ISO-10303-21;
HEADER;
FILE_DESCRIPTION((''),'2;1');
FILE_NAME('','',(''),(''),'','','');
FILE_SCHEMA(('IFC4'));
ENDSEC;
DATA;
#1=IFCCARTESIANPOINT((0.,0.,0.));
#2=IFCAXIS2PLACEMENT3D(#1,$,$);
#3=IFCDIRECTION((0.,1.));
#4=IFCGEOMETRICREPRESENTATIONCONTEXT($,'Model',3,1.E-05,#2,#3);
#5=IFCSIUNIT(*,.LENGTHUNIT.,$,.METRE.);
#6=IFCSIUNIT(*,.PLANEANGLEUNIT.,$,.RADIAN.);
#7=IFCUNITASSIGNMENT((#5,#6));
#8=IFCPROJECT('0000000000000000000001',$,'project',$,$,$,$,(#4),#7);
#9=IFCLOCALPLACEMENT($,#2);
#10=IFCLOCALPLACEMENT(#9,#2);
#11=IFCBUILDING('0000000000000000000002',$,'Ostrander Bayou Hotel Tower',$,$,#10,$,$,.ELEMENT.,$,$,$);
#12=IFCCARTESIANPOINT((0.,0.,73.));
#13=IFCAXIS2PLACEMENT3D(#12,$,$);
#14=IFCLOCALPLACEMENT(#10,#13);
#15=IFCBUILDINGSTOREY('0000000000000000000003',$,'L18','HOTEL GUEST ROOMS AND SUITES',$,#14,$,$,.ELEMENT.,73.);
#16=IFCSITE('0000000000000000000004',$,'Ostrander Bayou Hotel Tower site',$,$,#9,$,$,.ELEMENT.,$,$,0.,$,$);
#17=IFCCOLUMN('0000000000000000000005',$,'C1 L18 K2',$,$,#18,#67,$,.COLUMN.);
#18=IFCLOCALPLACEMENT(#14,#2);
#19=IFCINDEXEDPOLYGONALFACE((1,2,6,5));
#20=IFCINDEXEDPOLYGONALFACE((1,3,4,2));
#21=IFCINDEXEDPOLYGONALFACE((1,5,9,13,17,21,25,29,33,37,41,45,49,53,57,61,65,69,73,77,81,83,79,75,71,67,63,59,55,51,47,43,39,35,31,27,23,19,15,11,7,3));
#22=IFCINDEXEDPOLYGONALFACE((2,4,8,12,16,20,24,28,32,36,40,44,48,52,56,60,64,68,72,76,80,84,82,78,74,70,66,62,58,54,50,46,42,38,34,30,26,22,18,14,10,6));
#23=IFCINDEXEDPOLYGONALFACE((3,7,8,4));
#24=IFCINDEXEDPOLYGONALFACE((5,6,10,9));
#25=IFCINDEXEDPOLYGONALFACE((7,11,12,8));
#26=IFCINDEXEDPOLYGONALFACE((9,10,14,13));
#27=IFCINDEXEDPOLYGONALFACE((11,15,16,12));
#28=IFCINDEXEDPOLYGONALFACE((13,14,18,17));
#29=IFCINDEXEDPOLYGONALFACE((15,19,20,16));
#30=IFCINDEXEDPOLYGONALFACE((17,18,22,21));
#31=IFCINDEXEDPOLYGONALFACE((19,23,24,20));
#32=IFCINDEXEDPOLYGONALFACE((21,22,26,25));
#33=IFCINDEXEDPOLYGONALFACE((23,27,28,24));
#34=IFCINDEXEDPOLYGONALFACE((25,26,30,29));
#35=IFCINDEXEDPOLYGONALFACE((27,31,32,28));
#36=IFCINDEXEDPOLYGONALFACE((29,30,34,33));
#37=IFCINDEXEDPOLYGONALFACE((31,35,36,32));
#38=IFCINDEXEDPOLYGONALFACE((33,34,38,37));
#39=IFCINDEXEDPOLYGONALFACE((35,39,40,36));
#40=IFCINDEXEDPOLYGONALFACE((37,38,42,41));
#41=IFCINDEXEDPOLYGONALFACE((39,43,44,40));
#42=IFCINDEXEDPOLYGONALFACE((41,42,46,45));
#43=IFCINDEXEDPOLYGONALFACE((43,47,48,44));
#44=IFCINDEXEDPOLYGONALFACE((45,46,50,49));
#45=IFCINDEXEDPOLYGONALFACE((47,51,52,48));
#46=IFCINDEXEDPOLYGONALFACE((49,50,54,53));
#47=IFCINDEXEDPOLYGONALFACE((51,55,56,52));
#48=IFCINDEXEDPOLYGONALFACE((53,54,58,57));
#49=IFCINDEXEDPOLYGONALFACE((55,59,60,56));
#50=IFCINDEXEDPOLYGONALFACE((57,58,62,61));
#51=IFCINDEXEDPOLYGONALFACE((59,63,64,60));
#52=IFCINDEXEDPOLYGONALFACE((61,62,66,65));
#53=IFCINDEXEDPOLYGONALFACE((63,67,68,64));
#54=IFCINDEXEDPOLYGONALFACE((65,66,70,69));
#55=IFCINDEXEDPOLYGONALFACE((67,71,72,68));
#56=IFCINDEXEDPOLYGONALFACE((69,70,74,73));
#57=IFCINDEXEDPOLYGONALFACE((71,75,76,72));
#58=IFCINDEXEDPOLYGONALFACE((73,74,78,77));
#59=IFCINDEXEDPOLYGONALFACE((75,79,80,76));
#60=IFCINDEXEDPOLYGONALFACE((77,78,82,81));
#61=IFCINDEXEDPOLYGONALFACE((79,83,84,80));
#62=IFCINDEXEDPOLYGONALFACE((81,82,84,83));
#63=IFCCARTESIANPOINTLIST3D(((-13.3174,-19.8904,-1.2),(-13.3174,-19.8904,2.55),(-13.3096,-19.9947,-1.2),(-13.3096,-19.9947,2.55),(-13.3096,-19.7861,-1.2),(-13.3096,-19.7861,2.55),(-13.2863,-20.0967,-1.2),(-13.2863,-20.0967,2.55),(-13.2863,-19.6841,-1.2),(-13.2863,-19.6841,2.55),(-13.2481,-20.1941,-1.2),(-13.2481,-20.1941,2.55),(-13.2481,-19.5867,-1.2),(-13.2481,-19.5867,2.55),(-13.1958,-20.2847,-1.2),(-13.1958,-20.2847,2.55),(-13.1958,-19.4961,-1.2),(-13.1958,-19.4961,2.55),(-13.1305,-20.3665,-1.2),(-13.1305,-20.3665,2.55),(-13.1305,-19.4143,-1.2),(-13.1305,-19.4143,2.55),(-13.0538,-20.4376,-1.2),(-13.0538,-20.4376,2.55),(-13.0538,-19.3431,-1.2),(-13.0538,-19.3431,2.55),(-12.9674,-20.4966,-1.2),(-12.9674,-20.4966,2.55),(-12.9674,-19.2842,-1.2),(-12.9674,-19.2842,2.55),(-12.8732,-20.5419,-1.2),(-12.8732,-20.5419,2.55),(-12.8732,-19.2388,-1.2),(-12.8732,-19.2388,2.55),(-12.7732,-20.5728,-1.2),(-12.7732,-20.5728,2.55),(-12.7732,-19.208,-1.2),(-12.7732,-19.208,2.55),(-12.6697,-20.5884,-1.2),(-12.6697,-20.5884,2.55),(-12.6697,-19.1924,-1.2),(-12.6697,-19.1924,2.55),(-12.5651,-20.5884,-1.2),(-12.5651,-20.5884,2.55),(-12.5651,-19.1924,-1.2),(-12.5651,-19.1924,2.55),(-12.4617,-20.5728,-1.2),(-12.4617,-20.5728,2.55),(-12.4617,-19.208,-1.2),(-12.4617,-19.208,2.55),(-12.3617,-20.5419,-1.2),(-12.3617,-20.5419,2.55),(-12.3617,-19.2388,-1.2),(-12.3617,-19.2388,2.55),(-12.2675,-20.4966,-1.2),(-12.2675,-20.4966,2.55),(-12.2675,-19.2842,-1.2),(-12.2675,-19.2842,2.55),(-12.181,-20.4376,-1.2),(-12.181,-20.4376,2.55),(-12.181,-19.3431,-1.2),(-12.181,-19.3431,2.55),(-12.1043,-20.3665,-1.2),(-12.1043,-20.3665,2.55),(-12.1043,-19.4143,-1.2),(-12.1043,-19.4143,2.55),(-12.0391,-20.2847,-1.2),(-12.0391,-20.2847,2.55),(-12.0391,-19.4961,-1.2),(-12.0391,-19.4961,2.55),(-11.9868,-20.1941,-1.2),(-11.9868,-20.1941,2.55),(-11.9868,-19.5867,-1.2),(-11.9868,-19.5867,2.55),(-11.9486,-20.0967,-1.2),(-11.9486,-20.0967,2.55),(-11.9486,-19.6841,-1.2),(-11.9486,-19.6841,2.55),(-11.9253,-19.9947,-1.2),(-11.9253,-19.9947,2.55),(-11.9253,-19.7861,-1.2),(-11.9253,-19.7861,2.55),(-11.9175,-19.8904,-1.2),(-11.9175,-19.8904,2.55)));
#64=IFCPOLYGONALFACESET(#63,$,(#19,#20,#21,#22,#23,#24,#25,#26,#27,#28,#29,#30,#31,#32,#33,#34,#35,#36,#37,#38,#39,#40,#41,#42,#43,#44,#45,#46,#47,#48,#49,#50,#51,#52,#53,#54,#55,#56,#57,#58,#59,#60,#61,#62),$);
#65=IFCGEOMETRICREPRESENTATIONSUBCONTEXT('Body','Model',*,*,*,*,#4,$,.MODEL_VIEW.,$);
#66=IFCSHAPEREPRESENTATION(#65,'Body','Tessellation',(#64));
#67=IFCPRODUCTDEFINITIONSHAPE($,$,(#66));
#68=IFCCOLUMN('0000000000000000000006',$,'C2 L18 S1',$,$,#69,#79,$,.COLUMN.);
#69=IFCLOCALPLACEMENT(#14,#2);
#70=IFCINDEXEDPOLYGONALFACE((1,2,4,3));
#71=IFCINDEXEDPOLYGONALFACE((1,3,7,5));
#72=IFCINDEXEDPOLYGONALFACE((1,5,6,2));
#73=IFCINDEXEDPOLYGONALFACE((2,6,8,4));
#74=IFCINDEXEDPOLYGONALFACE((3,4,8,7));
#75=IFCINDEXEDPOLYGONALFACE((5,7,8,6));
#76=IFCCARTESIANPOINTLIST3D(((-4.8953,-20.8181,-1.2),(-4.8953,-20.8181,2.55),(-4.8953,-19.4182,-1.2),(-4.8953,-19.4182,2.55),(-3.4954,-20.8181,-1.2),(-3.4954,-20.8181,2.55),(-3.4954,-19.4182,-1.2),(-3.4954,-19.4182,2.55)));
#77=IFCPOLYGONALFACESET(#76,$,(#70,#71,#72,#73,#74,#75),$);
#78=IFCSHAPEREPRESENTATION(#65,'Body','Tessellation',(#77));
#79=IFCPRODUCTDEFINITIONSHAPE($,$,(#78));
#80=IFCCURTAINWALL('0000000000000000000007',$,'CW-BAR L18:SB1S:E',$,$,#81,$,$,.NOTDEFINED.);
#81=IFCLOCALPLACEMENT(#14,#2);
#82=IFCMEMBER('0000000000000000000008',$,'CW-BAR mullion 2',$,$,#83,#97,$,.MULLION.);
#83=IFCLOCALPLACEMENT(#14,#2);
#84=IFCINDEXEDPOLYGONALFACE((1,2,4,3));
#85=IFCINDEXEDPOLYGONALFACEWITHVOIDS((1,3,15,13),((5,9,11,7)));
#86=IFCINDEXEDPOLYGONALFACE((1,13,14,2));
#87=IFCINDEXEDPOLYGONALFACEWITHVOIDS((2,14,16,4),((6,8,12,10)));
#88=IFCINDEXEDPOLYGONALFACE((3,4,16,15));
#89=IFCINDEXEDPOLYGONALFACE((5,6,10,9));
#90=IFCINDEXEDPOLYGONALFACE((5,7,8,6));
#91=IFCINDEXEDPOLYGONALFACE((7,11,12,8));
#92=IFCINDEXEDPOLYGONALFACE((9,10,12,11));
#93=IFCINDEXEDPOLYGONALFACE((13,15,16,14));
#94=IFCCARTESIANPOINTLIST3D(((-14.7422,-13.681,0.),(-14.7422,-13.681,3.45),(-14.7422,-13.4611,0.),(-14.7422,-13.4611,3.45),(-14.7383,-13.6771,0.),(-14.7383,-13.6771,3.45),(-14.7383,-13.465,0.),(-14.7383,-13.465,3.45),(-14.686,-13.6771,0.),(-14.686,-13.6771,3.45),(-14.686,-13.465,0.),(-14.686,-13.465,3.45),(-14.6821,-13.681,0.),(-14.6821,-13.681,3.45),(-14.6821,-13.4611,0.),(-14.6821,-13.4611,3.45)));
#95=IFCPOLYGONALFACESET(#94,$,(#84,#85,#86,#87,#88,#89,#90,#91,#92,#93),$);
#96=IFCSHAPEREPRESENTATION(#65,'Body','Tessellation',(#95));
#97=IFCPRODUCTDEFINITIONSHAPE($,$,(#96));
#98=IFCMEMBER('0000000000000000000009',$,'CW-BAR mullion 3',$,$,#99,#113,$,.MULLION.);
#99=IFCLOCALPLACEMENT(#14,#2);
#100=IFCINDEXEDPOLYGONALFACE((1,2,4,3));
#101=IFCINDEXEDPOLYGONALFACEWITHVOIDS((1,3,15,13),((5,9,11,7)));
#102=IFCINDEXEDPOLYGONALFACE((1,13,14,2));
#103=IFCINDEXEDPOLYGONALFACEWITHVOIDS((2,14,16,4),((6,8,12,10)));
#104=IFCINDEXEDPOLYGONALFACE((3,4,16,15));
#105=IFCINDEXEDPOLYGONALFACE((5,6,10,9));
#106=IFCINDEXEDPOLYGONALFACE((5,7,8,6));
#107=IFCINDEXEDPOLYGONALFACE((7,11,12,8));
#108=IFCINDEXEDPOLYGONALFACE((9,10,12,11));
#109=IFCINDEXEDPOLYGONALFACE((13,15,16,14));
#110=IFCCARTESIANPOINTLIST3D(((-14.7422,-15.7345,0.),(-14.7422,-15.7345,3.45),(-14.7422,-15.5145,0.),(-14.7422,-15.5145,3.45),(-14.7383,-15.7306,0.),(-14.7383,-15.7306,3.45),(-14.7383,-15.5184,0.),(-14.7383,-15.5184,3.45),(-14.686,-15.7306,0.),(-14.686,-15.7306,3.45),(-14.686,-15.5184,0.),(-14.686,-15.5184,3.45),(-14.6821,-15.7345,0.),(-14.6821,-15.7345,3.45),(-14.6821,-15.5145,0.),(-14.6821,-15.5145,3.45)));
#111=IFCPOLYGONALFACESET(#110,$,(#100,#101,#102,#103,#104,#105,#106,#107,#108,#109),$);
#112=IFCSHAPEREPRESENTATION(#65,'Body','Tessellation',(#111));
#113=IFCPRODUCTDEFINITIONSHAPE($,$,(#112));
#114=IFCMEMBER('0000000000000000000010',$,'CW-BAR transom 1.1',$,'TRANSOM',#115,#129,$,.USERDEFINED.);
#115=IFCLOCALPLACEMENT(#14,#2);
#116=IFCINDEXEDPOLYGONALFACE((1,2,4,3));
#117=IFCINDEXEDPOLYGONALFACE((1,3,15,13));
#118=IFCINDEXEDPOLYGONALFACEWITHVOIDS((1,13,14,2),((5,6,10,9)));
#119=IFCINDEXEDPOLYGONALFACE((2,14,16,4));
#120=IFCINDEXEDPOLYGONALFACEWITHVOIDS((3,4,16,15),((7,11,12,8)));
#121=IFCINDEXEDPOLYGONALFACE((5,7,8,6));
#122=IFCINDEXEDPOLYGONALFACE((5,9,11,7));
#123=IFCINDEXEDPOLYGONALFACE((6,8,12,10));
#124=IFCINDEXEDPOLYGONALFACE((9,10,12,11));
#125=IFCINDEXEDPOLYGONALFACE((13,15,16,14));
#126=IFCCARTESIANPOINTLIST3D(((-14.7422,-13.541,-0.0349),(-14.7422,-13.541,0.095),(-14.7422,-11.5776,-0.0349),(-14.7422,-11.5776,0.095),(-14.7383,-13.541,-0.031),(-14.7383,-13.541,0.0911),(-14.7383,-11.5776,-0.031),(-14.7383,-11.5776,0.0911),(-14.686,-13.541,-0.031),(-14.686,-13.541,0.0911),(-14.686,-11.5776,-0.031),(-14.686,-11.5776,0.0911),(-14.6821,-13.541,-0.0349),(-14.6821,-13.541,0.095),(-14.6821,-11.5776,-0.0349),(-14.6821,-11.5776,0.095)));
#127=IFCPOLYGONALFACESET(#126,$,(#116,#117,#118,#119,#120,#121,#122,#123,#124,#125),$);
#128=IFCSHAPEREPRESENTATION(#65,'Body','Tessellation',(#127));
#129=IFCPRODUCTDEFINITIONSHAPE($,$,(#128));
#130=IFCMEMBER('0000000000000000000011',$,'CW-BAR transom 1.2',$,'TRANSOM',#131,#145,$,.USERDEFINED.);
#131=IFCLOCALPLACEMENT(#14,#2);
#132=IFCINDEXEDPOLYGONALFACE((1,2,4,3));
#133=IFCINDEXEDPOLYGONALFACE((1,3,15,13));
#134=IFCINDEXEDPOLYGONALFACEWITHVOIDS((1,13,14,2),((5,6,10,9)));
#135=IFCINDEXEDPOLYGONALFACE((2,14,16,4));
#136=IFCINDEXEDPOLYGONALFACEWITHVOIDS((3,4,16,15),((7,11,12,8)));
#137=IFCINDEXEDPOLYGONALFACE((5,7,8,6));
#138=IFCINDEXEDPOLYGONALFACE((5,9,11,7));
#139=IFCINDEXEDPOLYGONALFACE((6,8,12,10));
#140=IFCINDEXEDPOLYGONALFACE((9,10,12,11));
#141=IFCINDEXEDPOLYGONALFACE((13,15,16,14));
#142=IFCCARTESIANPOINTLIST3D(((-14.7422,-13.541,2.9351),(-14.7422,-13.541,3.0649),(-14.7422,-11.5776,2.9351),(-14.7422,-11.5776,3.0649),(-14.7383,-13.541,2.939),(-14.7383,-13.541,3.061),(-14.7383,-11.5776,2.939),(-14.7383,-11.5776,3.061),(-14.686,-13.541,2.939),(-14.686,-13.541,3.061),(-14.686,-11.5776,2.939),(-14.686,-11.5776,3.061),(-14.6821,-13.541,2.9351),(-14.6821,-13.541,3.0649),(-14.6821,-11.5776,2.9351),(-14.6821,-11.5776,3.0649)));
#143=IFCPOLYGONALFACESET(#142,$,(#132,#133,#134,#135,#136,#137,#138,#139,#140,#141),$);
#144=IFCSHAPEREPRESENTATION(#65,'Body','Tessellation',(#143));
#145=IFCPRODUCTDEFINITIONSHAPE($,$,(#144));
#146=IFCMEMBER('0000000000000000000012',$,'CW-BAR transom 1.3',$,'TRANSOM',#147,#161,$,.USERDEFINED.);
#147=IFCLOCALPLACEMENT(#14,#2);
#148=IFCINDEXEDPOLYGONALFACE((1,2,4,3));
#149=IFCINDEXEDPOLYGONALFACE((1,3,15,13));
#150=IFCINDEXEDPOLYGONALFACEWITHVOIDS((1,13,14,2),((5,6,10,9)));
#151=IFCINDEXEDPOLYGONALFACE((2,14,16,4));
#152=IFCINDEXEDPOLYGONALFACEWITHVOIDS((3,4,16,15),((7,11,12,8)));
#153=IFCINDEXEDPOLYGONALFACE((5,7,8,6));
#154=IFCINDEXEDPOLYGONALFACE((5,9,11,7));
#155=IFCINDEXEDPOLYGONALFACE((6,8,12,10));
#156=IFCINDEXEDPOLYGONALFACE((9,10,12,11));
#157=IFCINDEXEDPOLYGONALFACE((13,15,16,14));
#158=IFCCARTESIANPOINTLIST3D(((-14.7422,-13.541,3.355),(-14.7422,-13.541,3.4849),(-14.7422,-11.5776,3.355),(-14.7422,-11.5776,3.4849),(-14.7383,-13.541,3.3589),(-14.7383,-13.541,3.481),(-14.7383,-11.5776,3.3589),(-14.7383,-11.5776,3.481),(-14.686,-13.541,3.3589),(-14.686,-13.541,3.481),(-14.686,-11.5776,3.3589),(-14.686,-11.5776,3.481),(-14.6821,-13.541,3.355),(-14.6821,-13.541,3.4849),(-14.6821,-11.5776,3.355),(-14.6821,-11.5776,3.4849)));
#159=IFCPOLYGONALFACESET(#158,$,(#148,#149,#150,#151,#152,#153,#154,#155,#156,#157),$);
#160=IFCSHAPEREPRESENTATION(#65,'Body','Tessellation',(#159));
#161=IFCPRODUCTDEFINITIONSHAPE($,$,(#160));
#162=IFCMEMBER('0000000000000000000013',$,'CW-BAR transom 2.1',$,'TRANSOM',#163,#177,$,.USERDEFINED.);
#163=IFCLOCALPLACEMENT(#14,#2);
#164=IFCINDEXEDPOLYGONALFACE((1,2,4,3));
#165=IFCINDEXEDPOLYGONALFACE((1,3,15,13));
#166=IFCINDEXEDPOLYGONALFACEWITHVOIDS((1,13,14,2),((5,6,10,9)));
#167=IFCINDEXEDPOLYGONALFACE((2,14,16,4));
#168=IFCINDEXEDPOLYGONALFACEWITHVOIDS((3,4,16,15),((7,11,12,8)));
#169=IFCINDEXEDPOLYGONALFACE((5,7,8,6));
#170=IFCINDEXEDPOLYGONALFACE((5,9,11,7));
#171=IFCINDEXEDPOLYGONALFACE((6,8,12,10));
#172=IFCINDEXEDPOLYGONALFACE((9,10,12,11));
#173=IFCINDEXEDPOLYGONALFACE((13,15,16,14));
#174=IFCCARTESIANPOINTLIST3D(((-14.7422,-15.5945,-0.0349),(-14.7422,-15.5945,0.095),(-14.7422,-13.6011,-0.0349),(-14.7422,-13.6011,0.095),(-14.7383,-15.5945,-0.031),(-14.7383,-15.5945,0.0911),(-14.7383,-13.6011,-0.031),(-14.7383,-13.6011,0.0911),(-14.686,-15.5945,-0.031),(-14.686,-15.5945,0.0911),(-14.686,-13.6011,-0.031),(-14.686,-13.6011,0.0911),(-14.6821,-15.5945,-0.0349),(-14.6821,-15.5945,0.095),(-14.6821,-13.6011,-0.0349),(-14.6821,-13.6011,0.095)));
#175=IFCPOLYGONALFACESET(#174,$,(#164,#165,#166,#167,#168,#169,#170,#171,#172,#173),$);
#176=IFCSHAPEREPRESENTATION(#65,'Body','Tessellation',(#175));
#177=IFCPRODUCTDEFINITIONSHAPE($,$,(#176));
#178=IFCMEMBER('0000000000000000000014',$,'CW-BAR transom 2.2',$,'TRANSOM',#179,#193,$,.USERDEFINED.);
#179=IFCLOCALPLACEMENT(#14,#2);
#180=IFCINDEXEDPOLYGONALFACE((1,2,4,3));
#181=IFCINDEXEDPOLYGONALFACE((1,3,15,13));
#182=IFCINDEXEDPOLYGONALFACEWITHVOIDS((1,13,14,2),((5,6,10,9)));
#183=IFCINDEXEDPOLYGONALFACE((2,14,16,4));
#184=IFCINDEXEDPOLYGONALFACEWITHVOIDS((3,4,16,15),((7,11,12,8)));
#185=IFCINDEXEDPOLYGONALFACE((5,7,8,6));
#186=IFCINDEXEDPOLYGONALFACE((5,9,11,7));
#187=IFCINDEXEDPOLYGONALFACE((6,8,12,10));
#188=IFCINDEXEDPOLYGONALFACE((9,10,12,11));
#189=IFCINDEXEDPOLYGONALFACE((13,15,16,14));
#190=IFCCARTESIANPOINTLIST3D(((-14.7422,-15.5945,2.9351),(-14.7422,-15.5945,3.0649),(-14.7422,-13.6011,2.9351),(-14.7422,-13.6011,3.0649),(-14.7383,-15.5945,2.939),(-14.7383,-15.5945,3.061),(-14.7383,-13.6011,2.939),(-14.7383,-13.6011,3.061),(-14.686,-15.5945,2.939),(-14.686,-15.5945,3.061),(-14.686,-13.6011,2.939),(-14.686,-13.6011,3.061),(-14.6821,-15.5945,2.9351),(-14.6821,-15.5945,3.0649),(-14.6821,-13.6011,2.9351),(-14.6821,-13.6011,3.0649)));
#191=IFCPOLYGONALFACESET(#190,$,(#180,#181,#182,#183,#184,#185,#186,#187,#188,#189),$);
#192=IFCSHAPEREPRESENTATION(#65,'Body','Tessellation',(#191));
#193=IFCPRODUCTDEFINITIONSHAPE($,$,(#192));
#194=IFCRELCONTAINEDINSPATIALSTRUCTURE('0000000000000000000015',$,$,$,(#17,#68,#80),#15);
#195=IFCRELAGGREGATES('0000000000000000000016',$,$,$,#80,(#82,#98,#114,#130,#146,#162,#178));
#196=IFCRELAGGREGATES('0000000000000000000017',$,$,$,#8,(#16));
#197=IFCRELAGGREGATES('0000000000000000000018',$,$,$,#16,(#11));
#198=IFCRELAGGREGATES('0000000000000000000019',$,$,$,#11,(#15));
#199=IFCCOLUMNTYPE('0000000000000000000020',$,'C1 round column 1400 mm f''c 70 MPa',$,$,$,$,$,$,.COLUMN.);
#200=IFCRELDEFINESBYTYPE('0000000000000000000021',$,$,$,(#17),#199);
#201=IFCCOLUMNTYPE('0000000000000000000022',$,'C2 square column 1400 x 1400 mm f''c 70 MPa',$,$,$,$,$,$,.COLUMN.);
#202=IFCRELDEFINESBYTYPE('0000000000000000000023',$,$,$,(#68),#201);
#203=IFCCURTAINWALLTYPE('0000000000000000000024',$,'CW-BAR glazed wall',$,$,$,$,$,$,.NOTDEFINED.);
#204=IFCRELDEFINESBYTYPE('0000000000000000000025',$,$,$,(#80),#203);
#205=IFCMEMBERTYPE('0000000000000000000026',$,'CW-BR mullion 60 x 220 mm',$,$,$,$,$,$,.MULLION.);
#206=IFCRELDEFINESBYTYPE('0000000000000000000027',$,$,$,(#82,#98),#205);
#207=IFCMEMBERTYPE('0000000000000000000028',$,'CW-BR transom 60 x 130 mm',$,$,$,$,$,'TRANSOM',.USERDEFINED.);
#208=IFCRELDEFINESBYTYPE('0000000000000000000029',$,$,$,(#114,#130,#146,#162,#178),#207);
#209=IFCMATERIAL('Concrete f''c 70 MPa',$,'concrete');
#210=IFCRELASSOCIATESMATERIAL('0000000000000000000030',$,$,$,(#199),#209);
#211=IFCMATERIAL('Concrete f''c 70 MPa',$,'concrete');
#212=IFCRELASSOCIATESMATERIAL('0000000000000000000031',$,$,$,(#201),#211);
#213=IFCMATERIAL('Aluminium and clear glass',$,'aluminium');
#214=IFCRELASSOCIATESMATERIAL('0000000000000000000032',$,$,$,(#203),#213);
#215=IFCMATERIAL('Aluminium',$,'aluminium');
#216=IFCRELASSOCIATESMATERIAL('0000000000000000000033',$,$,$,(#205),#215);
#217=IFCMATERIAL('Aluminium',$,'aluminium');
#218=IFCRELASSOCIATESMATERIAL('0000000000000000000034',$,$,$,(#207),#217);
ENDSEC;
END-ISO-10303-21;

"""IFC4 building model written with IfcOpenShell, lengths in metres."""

from ifc_helpers import new_model, si_unit, direction, frame, origin, origin_2d, place, context, subcontext, project, spatial, rectangle, hollow_rectangle, circle, extrude, material, material_profile, profile_set, type_object, element, aggregate, save


model = new_model("IFC4")

# Units and contexts
model_context = context("Model", 3, precision=1e-05, world=origin(), true_north=direction((0.0, 1.0)))
body_context = subcontext(model_context, "Body", "Model", "MODEL_VIEW")
ifc_project = project(units=[si_unit("LENGTHUNIT", "METRE"), si_unit("PLANEANGLEUNIT", "RADIAN")], contexts=[model_context])

# Site, building, storey
site_placement = place(None, origin())
site = spatial("IfcSite", under=ifc_project, at=site_placement, Name="Ostrander Bayou Hotel Tower site", CompositionType="ELEMENT", RefElevation=0.0)
building_placement = place(site_placement, origin())
building = spatial("IfcBuilding", under=site, at=building_placement, Name="Ostrander Bayou Hotel Tower", CompositionType="ELEMENT")
storey_placement = place(building_placement, frame((0.0, 0.0, 73.0)))
storey = spatial("IfcBuildingStorey", under=building, at=storey_placement, Name="L18", Description="HOTEL GUEST ROOMS AND SUITES", CompositionType="ELEMENT", Elevation=73.0)

# Columns
ifc_material_1 = material(Name="Concrete f'c 70 MPa", Category="concrete")
ifc_material_profile_1 = material_profile(ifc_material_1, circle(Radius=0.7, at=origin_2d()))
ifc_profile_set_1 = profile_set([ifc_material_profile_1], Name="Concrete f'c 70 MPa")
column_type_1 = type_object("IfcColumnType", Name="C1 round column 1400 mm f'c 70 MPa", PredefinedType="COLUMN", material=ifc_profile_set_1)
column_1_placement = place(storey_placement, frame((-12.6174, -19.8904, -1.2), z_axis=(0.0, 0.0, 1.0), x_axis=(1.0, 0.0, 0.0)))
element("IfcColumn", 1, at=column_1_placement, inside=storey, type_object=column_type_1, Name="C1 L18 K2", PredefinedType="COLUMN", context=body_context, shape_type="SweptSolid", body=[
    extrude(circle(Radius=0.7, at=origin_2d()), origin(), (0.0, 0.0, 1.0), 3.75),
])
ifc_material_2 = material(Name="Concrete f'c 70 MPa", Category="concrete")
ifc_material_profile_2 = material_profile(ifc_material_2, rectangle(XDim=1.3999, YDim=1.3999, at=origin_2d()))
ifc_profile_set_2 = profile_set([ifc_material_profile_2], Name="Concrete f'c 70 MPa")
column_type_2 = type_object("IfcColumnType", Name="C2 square column 1400 x 1400 mm f'c 70 MPa", PredefinedType="COLUMN", material=ifc_profile_set_2)
column_2_placement = place(storey_placement, frame((-4.1953, -20.1182, -1.2), z_axis=(0.0, 0.0, 1.0), x_axis=(-1.0, 0.0, 0.0)))
element("IfcColumn", 2, at=column_2_placement, inside=storey, type_object=column_type_2, Name="C2 L18 S1", PredefinedType="COLUMN", context=body_context, shape_type="SweptSolid", body=[
    extrude(rectangle(XDim=1.3999, YDim=1.3999, at=origin_2d()), origin(), (0.0, 0.0, 1.0), 3.75),
])

# Curtain wall, members
ifc_material_3 = material(Name="Aluminium and clear glass", Category="aluminium")
curtain_wall_type = type_object("IfcCurtainWallType", Name="CW-BAR glazed wall", PredefinedType="NOTDEFINED", material=ifc_material_3)
curtain_wall_placement = place(storey_placement, origin())
curtain_wall = element("IfcCurtainWall", 3, at=curtain_wall_placement, inside=storey, type_object=curtain_wall_type, Name="CW-BAR L18:SB1S:E", PredefinedType="NOTDEFINED")
ifc_material_4 = material(Name="Aluminium", Category="aluminium")
ifc_material_profile_3 = material_profile(ifc_material_4, hollow_rectangle(XDim=0.0601, YDim=0.22, WallThickness=0.0039, at=origin_2d()))
ifc_profile_set_3 = profile_set([ifc_material_profile_3], Name="Aluminium")
member_type_1 = type_object("IfcMemberType", Name="CW-BR mullion 60 x 220 mm", PredefinedType="MULLION", material=ifc_profile_set_3)
member_1_placement = place(storey_placement, frame((-14.7122, -13.571, 0.0), z_axis=(0.0, 0.0, 1.0), x_axis=(1.0, 0.0, 0.0)))
member_1 = element("IfcMember", 4, at=member_1_placement, type_object=member_type_1, Name="CW-BAR mullion 2", PredefinedType="MULLION", context=body_context, shape_type="SweptSolid", body=[
    extrude(hollow_rectangle(XDim=0.0601, YDim=0.22, WallThickness=0.0039, at=origin_2d()), origin(), (0.0, 0.0, 1.0), 3.45),
])
member_2_placement = place(storey_placement, frame((-14.7122, -15.6245, 0.0), z_axis=(0.0, 0.0, 1.0), x_axis=(1.0, 0.0, 0.0)))
member_2 = element("IfcMember", 5, at=member_2_placement, type_object=member_type_1, Name="CW-BAR mullion 3", PredefinedType="MULLION", context=body_context, shape_type="SweptSolid", body=[
    extrude(hollow_rectangle(XDim=0.0601, YDim=0.22, WallThickness=0.0039, at=origin_2d()), origin(), (0.0, 0.0, 1.0), 3.45),
])
ifc_material_5 = material(Name="Aluminium", Category="aluminium")
ifc_material_profile_4 = material_profile(ifc_material_5, hollow_rectangle(XDim=0.0601, YDim=0.1299, WallThickness=0.0039, at=origin_2d()))
ifc_profile_set_4 = profile_set([ifc_material_profile_4], Name="Aluminium")
member_type_2 = type_object("IfcMemberType", Name="CW-BR transom 60 x 130 mm", ElementType="TRANSOM", PredefinedType="USERDEFINED", material=ifc_profile_set_4)
member_3_placement = place(storey_placement, frame((-14.7122, -11.5776, 0.03), z_axis=(0.0, -1.0, 0.0), x_axis=(1.0, 0.0, 0.0)))
member_3 = element("IfcMember", 6, at=member_3_placement, type_object=member_type_2, Name="CW-BAR transom 1.1", ObjectType="TRANSOM", PredefinedType="USERDEFINED", context=body_context, shape_type="SweptSolid", body=[
    extrude(hollow_rectangle(XDim=0.0601, YDim=0.1299, WallThickness=0.0039, at=origin_2d()), origin(), (0.0, 0.0, 1.0), 1.9634),
])
member_4_placement = place(storey_placement, frame((-14.7122, -11.5776, 3.0), z_axis=(0.0, -1.0, 0.0), x_axis=(1.0, 0.0, 0.0)))
member_4 = element("IfcMember", 7, at=member_4_placement, type_object=member_type_2, Name="CW-BAR transom 1.2", ObjectType="TRANSOM", PredefinedType="USERDEFINED", context=body_context, shape_type="SweptSolid", body=[
    extrude(hollow_rectangle(XDim=0.0601, YDim=0.1299, WallThickness=0.0039, at=origin_2d()), origin(), (0.0, 0.0, 1.0), 1.9634),
])
member_5_placement = place(storey_placement, frame((-14.7122, -11.5776, 3.4199), z_axis=(0.0, -1.0, 0.0), x_axis=(1.0, 0.0, 0.0)))
member_5 = element("IfcMember", 8, at=member_5_placement, type_object=member_type_2, Name="CW-BAR transom 1.3", ObjectType="TRANSOM", PredefinedType="USERDEFINED", context=body_context, shape_type="SweptSolid", body=[
    extrude(hollow_rectangle(XDim=0.0601, YDim=0.1299, WallThickness=0.0039, at=origin_2d()), origin(), (0.0, 0.0, 1.0), 1.9634),
])
member_6_placement = place(storey_placement, frame((-14.7122, -13.6011, 0.03), z_axis=(0.0, -1.0, 0.0), x_axis=(1.0, 0.0, 0.0)))
member_6 = element("IfcMember", 9, at=member_6_placement, type_object=member_type_2, Name="CW-BAR transom 2.1", ObjectType="TRANSOM", PredefinedType="USERDEFINED", context=body_context, shape_type="SweptSolid", body=[
    extrude(hollow_rectangle(XDim=0.0601, YDim=0.1299, WallThickness=0.0039, at=origin_2d()), origin(), (0.0, 0.0, 1.0), 1.9934),
])
member_7_placement = place(storey_placement, frame((-14.7122, -13.6011, 3.0), z_axis=(0.0, -1.0, 0.0), x_axis=(1.0, 0.0, 0.0)))
member_7 = element("IfcMember", 10, at=member_7_placement, type_object=member_type_2, Name="CW-BAR transom 2.2", ObjectType="TRANSOM", PredefinedType="USERDEFINED", context=body_context, shape_type="SweptSolid", body=[
    extrude(hollow_rectangle(XDim=0.0601, YDim=0.1299, WallThickness=0.0039, at=origin_2d()), origin(), (0.0, 0.0, 1.0), 1.9934),
])
aggregate(curtain_wall, [member_1, member_2, member_3, member_4, member_5, member_6, member_7])

save(model, "model.ifc")
